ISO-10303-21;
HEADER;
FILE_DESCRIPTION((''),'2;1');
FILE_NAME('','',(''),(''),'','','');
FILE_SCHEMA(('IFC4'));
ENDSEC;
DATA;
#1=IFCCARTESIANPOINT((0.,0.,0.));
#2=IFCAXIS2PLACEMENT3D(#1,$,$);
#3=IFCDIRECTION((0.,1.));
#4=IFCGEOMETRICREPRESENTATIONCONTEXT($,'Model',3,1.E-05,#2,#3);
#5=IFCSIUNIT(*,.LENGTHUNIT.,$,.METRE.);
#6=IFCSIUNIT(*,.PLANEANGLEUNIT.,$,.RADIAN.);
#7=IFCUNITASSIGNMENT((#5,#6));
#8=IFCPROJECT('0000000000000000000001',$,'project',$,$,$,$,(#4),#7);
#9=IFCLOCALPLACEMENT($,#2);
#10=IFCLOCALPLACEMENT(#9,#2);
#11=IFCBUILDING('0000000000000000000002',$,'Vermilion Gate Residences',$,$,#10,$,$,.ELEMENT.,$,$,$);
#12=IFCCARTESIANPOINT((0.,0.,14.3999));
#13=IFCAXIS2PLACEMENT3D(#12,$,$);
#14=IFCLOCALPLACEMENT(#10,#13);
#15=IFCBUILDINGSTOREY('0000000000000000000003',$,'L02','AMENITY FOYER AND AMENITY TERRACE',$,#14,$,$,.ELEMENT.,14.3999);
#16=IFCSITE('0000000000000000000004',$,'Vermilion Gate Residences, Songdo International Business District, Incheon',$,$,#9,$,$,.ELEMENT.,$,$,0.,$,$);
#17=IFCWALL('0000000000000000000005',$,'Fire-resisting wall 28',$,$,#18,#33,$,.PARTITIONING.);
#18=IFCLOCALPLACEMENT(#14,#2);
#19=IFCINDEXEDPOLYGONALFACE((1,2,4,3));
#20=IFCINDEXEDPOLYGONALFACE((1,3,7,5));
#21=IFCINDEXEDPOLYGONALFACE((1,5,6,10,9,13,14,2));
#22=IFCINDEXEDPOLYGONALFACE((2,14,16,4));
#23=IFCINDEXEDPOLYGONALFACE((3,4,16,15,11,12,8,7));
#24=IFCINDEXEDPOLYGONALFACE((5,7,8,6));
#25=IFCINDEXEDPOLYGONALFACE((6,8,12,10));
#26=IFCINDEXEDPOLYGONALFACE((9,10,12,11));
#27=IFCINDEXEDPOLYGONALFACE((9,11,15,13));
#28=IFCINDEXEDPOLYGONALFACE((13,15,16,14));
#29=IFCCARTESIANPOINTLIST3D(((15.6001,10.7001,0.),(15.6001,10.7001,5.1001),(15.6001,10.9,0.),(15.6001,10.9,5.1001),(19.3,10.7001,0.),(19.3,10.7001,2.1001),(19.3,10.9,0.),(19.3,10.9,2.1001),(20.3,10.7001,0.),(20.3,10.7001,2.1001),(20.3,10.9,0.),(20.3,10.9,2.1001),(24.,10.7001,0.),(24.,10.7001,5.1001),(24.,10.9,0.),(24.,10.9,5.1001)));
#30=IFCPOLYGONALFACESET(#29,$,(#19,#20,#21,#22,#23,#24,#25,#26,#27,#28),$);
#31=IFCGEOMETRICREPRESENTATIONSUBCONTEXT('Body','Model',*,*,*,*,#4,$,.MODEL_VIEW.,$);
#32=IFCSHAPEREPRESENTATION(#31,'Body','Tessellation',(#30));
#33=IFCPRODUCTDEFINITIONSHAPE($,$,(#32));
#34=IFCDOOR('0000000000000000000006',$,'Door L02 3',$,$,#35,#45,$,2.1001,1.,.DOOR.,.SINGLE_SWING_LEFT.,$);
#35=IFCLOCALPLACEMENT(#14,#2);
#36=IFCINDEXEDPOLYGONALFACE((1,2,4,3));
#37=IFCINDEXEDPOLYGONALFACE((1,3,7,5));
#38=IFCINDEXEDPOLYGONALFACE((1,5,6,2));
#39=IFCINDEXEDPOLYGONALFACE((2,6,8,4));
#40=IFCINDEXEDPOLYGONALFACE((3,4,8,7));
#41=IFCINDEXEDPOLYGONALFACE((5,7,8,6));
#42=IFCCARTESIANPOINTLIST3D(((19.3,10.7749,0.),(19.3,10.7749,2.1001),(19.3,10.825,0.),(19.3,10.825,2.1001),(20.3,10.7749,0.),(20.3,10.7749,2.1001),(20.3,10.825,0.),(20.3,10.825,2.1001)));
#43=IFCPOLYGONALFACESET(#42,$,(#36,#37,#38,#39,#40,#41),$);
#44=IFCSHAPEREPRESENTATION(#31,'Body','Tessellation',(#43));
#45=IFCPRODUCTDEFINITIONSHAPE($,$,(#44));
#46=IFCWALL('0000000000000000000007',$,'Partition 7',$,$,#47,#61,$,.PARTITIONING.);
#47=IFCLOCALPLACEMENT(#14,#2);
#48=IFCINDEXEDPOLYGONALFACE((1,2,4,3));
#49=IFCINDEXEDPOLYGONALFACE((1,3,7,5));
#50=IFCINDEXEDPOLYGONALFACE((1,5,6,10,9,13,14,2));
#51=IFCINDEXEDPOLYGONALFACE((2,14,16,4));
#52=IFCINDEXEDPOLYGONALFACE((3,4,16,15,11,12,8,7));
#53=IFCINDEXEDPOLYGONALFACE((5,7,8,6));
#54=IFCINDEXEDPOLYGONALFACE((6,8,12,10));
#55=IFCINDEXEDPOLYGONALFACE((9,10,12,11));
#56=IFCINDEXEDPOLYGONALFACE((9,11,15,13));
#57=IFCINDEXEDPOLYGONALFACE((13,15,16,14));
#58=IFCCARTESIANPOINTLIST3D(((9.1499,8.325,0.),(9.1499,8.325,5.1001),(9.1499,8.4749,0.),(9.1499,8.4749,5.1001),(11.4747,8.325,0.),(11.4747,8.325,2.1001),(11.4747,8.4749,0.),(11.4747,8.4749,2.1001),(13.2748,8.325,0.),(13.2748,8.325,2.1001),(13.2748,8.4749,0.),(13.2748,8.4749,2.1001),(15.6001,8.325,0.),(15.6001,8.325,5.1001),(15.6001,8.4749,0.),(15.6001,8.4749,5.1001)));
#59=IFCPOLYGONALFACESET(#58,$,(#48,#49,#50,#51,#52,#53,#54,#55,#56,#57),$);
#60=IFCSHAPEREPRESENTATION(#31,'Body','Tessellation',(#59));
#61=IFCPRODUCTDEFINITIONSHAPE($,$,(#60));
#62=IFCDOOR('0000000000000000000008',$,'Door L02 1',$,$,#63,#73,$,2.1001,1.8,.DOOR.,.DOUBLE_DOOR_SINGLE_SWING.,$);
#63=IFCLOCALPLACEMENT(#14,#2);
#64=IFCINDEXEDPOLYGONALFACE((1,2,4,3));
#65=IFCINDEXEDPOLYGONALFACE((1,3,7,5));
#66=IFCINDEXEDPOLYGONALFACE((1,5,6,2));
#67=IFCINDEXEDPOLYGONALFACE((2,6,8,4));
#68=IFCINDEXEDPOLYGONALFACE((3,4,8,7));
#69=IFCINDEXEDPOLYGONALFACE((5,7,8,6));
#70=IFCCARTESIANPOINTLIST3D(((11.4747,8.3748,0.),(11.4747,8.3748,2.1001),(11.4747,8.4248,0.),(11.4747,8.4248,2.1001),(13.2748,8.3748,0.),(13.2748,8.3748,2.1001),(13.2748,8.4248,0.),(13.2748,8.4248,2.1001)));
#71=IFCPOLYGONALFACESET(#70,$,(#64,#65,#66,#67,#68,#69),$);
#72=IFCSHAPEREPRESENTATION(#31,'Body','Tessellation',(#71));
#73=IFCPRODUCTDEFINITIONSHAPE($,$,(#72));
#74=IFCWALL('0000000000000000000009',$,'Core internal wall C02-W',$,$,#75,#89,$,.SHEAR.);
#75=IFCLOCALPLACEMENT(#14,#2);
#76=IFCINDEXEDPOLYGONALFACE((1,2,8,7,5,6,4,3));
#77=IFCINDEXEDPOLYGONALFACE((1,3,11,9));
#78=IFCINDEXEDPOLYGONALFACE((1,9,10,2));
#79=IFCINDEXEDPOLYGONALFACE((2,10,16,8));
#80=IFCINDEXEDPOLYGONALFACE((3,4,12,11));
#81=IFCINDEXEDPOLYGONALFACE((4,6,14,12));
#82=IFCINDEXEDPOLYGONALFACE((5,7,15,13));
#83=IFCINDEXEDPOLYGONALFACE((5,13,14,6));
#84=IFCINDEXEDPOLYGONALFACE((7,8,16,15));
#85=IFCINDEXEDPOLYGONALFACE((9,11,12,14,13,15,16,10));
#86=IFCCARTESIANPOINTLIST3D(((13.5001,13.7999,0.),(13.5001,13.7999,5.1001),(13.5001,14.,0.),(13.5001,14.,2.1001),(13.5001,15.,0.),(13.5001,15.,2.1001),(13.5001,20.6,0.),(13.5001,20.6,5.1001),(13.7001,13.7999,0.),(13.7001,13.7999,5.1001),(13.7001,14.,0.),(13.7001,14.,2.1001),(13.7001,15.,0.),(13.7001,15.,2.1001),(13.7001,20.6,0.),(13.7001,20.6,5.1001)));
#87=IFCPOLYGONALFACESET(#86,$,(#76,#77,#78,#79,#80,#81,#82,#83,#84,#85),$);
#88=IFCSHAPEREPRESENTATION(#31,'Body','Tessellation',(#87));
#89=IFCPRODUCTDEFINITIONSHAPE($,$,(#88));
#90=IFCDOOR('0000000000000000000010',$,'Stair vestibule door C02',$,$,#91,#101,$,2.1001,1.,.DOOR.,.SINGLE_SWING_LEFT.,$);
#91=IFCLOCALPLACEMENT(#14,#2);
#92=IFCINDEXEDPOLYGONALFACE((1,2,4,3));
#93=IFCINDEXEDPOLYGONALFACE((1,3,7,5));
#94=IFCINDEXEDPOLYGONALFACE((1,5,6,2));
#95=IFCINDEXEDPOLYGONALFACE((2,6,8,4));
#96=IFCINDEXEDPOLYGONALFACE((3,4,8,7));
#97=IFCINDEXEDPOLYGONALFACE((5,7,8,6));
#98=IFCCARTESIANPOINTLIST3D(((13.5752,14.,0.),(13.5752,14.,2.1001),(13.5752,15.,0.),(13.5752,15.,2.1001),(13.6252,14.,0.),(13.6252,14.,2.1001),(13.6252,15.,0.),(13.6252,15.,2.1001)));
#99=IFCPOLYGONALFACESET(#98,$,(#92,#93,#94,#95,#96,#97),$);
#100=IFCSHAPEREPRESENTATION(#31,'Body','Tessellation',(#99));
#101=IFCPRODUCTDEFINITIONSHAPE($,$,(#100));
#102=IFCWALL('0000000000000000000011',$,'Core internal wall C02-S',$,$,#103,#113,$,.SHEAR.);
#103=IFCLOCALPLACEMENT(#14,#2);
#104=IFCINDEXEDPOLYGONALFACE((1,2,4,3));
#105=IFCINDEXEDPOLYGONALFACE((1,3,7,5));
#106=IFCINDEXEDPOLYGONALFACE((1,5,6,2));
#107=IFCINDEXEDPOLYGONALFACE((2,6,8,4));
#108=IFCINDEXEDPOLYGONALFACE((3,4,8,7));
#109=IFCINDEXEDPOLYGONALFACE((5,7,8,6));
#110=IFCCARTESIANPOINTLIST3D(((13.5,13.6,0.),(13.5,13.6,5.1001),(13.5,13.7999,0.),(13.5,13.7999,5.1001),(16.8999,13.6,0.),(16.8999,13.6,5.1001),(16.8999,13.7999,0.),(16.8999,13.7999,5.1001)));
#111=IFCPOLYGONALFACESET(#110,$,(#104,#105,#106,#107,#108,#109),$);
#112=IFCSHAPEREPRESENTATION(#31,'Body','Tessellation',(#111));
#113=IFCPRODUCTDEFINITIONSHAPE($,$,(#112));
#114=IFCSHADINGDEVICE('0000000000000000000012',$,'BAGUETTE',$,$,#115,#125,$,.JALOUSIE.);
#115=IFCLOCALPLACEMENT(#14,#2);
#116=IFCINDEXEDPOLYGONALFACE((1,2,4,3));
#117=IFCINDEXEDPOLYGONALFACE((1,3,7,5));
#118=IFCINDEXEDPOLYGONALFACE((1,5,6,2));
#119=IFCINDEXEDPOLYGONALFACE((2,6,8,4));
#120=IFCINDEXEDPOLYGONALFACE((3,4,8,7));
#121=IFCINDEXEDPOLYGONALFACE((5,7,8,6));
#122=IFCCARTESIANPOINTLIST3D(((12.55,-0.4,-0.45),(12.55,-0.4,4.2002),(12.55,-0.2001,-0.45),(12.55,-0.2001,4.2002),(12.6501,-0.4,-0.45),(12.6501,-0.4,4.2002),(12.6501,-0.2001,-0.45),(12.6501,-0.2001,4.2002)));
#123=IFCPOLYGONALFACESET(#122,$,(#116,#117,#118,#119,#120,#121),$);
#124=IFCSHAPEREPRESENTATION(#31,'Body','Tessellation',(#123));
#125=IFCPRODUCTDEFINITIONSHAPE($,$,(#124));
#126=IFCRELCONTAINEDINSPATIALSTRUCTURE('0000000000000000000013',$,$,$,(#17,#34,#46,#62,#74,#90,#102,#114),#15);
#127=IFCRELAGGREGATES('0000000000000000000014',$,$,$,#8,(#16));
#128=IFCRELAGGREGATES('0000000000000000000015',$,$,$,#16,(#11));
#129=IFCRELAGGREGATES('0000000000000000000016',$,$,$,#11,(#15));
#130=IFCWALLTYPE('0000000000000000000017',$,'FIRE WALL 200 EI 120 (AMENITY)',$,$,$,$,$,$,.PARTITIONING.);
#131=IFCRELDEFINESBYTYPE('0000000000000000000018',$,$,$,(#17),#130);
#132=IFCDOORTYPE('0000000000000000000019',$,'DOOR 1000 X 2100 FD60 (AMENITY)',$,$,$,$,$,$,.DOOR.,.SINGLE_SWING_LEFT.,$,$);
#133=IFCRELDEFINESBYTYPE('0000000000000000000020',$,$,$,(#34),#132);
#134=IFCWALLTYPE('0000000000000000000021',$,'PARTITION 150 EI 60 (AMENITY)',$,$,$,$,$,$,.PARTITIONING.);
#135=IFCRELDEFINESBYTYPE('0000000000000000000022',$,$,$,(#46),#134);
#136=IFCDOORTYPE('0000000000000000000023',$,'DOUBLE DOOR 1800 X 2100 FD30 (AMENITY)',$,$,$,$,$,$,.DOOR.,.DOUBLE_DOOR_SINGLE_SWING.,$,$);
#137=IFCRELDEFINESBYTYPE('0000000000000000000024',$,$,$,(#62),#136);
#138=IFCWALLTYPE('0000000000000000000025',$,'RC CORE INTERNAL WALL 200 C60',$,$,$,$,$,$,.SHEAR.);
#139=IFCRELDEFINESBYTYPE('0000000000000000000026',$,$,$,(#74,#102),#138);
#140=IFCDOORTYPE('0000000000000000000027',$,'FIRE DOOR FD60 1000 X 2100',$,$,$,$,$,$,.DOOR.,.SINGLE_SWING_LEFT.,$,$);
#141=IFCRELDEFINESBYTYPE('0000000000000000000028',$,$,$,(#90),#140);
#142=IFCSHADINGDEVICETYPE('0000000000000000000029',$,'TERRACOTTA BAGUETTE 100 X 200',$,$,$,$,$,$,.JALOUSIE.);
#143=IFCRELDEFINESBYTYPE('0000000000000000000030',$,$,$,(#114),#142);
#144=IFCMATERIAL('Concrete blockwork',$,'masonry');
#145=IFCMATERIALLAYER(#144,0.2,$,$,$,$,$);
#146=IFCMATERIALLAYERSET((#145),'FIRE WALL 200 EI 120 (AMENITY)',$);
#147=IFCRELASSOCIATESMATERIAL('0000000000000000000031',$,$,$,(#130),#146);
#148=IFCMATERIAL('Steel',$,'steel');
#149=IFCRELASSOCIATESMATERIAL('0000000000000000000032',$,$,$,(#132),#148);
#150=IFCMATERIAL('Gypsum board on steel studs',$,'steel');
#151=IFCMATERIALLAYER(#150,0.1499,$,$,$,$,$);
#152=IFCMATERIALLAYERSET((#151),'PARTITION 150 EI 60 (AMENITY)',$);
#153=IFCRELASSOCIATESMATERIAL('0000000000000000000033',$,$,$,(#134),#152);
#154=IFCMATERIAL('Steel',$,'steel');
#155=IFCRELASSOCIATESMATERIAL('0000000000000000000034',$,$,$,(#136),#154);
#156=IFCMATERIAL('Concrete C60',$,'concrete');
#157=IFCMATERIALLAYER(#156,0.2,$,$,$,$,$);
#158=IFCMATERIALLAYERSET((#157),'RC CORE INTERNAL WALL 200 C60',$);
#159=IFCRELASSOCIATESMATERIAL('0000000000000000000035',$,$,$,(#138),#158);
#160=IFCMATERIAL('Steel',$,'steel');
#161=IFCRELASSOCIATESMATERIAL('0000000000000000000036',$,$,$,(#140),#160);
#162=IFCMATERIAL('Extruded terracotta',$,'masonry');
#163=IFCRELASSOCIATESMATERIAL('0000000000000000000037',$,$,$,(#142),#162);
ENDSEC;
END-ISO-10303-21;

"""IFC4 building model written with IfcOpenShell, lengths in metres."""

from ifc_helpers import new_model, si_unit, direction, frame, frame_2d, origin, origin_2d, place, context, subcontext, project, spatial, rectangle, extrude, material, layer, layer_set, material_profile, profile_set, type_object, element, fill, save


model = new_model("IFC4")

# Units and contexts
model_context = context("Model", 3, precision=1e-05, world=origin(), true_north=direction((0.0, 1.0)))
body_context = subcontext(model_context, "Body", "Model", "MODEL_VIEW")
ifc_project = project(units=[si_unit("LENGTHUNIT", "METRE"), si_unit("PLANEANGLEUNIT", "RADIAN")], contexts=[model_context])

# Site, building, storey
site_placement = place(None, origin())
site = spatial("IfcSite", under=ifc_project, at=site_placement, Name="Vermilion Gate Residences, Songdo International Business District, Incheon", CompositionType="ELEMENT", RefElevation=0.0)
building_placement = place(site_placement, origin())
building = spatial("IfcBuilding", under=site, at=building_placement, Name="Vermilion Gate Residences", CompositionType="ELEMENT")
storey_placement = place(building_placement, frame((0.0, 0.0, 14.3999)))
storey = spatial("IfcBuildingStorey", under=building, at=storey_placement, Name="L02", Description="AMENITY FOYER AND AMENITY TERRACE", CompositionType="ELEMENT", Elevation=14.3999)

# Shared definitions
ifc_material_1 = material(Name="Concrete blockwork", Category="masonry")
ifc_layer_1 = layer(ifc_material_1, 0.2)
ifc_layer_set_1 = layer_set([ifc_layer_1], Name="FIRE WALL 200 EI 120 (AMENITY)")
wall_type_1 = type_object("IfcWallType", Name="FIRE WALL 200 EI 120 (AMENITY)", PredefinedType="PARTITIONING", material=ifc_layer_set_1)

# Walls, openings, doors
wall_1_placement = place(storey_placement, frame((15.6001, 10.8, 0.0), z_axis=(0.0, 0.0, 1.0), x_axis=(1.0, 0.0, 0.0)))
wall_1 = element("IfcWall", 1, at=wall_1_placement, inside=storey, type_object=wall_type_1, Name="Fire-resisting wall 28", PredefinedType="PARTITIONING", context=body_context, shape_type="SweptSolid", body=[
    extrude(rectangle(XDim=8.3999, YDim=0.2, at=frame_2d((4.2, 0.0))), origin(), (0.0, 0.0, 1.0), 5.1001),
])
opening_1_placement = place(wall_1_placement, frame((3.7, 0.0, 0.0)))
opening_1 = element("IfcOpeningElement", 2, at=opening_1_placement, cuts=wall_1, PredefinedType="OPENING", context=body_context, shape_type="SweptSolid", body=[
    extrude(rectangle(XDim=1.0, YDim=2.1001, at=frame_2d((0.5, 1.05))), frame((0.0, 0.1099, 0.0), z_axis=(0.0, -1.0, 0.0), x_axis=(1.0, 0.0, 0.0)), (0.0, 0.0, 1.0), 0.22),
])
ifc_material_2 = material(Name="Steel", Category="steel")
door_type_1 = type_object("IfcDoorType", Name="DOOR 1000 X 2100 FD60 (AMENITY)", OperationType="SINGLE_SWING_LEFT", PredefinedType="DOOR", material=ifc_material_2)
door_1_placement = place(opening_1_placement, origin())
door_1 = element("IfcDoor", 3, at=door_1_placement, inside=storey, type_object=door_type_1, Name="Door L02 3", OperationType="SINGLE_SWING_LEFT", OverallHeight=2.1001, OverallWidth=1.0, PredefinedType="DOOR", context=body_context, shape_type="SweptSolid", body=[
    extrude(rectangle(XDim=1.0, YDim=2.1001, at=frame_2d((0.5, 1.05))), frame((0.0, 0.0249, 0.0), z_axis=(0.0, -1.0, 0.0), x_axis=(1.0, 0.0, 0.0)), (0.0, 0.0, 1.0), 0.05),
])
fill(opening_1, door_1)
ifc_material_3 = material(Name="Gypsum board on steel studs", Category="steel")
ifc_layer_2 = layer(ifc_material_3, 0.1499)
ifc_layer_set_2 = layer_set([ifc_layer_2], Name="PARTITION 150 EI 60 (AMENITY)")
wall_type_2 = type_object("IfcWallType", Name="PARTITION 150 EI 60 (AMENITY)", PredefinedType="PARTITIONING", material=ifc_layer_set_2)
wall_2_placement = place(storey_placement, frame((9.1499, 8.3999, 0.0), z_axis=(0.0, 0.0, 1.0), x_axis=(1.0, 0.0, 0.0)))
wall_2 = element("IfcWall", 4, at=wall_2_placement, inside=storey, type_object=wall_type_2, Name="Partition 7", PredefinedType="PARTITIONING", context=body_context, shape_type="SweptSolid", body=[
    extrude(rectangle(XDim=6.4502, YDim=0.1499, at=frame_2d((3.2251, 0.0))), origin(), (0.0, 0.0, 1.0), 5.1001),
])
opening_2_placement = place(wall_2_placement, frame((2.325, 0.0, 0.0)))
opening_2 = element("IfcOpeningElement", 5, at=opening_2_placement, cuts=wall_2, PredefinedType="OPENING", context=body_context, shape_type="SweptSolid", body=[
    extrude(rectangle(XDim=1.8, YDim=2.1001, at=frame_2d((0.8999, 1.05))), frame((0.0, 0.085, 0.0), z_axis=(0.0, -1.0, 0.0), x_axis=(1.0, 0.0, 0.0)), (0.0, 0.0, 1.0), 0.1699),
])
ifc_material_4 = material(Name="Steel", Category="steel")
door_type_2 = type_object("IfcDoorType", Name="DOUBLE DOOR 1800 X 2100 FD30 (AMENITY)", OperationType="DOUBLE_DOOR_SINGLE_SWING", PredefinedType="DOOR", material=ifc_material_4)
door_2_placement = place(opening_2_placement, origin())
door_2 = element("IfcDoor", 6, at=door_2_placement, inside=storey, type_object=door_type_2, Name="Door L02 1", OperationType="DOUBLE_DOOR_SINGLE_SWING", OverallHeight=2.1001, OverallWidth=1.8, PredefinedType="DOOR", context=body_context, shape_type="SweptSolid", body=[
    extrude(rectangle(XDim=1.8, YDim=2.1001, at=frame_2d((0.8999, 1.05))), frame((0.0, 0.0249, 0.0), z_axis=(0.0, -1.0, 0.0), x_axis=(1.0, 0.0, 0.0)), (0.0, 0.0, 1.0), 0.05),
])
fill(opening_2, door_2)
ifc_material_5 = material(Name="Concrete C60", Category="concrete")
ifc_layer_3 = layer(ifc_material_5, 0.2)
ifc_layer_set_3 = layer_set([ifc_layer_3], Name="RC CORE INTERNAL WALL 200 C60")
wall_type_3 = type_object("IfcWallType", Name="RC CORE INTERNAL WALL 200 C60", PredefinedType="SHEAR", material=ifc_layer_set_3)
wall_3_placement = place(storey_placement, frame((13.6001, 13.8, 0.0), z_axis=(0.0, 0.0, 1.0), x_axis=(0.0, 1.0, 0.0)))
wall_3 = element("IfcWall", 7, at=wall_3_placement, inside=storey, type_object=wall_type_3, Name="Core internal wall C02-W", PredefinedType="SHEAR", context=body_context, shape_type="SweptSolid", body=[
    extrude(rectangle(XDim=6.8, YDim=0.2, at=frame_2d((3.3999, 0.0))), origin(), (0.0, 0.0, 1.0), 5.1001),
])
opening_3_placement = place(wall_3_placement, frame((0.2, 0.0, 0.0)))
opening_3 = element("IfcOpeningElement", 8, at=opening_3_placement, cuts=wall_3, PredefinedType="OPENING", context=body_context, shape_type="SweptSolid", body=[
    extrude(rectangle(XDim=1.0, YDim=2.1001, at=frame_2d((0.5, 1.05))), frame((0.0, 0.1099, 0.0), z_axis=(0.0, -1.0, 0.0), x_axis=(1.0, 0.0, 0.0)), (0.0, 0.0, 1.0), 0.22),
])
ifc_material_6 = material(Name="Steel", Category="steel")
door_type_3 = type_object("IfcDoorType", Name="FIRE DOOR FD60 1000 X 2100", OperationType="SINGLE_SWING_LEFT", PredefinedType="DOOR", material=ifc_material_6)
door_3_placement = place(opening_3_placement, origin())
door_3 = element("IfcDoor", 9, at=door_3_placement, inside=storey, type_object=door_type_3, Name="Stair vestibule door C02", OperationType="SINGLE_SWING_LEFT", OverallHeight=2.1001, OverallWidth=1.0, PredefinedType="DOOR", context=body_context, shape_type="SweptSolid", body=[
    extrude(rectangle(XDim=1.0, YDim=2.1001, at=frame_2d((0.5, 1.05))), frame((0.0, 0.0249, 0.0), z_axis=(0.0, -1.0, 0.0), x_axis=(1.0, 0.0, 0.0)), (0.0, 0.0, 1.0), 0.05),
])
fill(opening_3, door_3)

# Wall
wall_4_placement = place(storey_placement, frame((13.5, 13.7, 0.0), z_axis=(0.0, 0.0, 1.0), x_axis=(1.0, 0.0, 0.0)))
element("IfcWall", 10, at=wall_4_placement, inside=storey, type_object=wall_type_3, Name="Core internal wall C02-S", PredefinedType="SHEAR", context=body_context, shape_type="SweptSolid", body=[
    extrude(rectangle(XDim=3.3999, YDim=0.2, at=frame_2d((1.7, 0.0))), origin(), (0.0, 0.0, 1.0), 5.1001),
])

# Shading device
ifc_material_7 = material(Name="Extruded terracotta", Category="masonry")
ifc_material_profile_1 = material_profile(ifc_material_7, rectangle(XDim=0.2, YDim=0.1001, at=origin_2d()), Name="BAGUETTE 100 X 200")
ifc_profile_set_1 = profile_set([ifc_material_profile_1], Name="Extruded terracotta")
shading_device_type = type_object("IfcShadingDeviceType", Name="TERRACOTTA BAGUETTE 100 X 200", PredefinedType="JALOUSIE", material=ifc_profile_set_1)
shading_device_placement = place(storey_placement, frame((12.6001, -0.3, -0.45), z_axis=(0.0, 0.0, 1.0), x_axis=(0.0, 1.0, 0.0)))
element("IfcShadingDevice", 11, at=shading_device_placement, inside=storey, type_object=shading_device_type, Name="BAGUETTE", PredefinedType="JALOUSIE", context=body_context, shape_type="SweptSolid", body=[
    extrude(rectangle(XDim=0.2, YDim=0.1001, at=origin_2d()), origin(), (0.0, 0.0, 1.0), 4.6501),
])

save(model, "model.ifc")
